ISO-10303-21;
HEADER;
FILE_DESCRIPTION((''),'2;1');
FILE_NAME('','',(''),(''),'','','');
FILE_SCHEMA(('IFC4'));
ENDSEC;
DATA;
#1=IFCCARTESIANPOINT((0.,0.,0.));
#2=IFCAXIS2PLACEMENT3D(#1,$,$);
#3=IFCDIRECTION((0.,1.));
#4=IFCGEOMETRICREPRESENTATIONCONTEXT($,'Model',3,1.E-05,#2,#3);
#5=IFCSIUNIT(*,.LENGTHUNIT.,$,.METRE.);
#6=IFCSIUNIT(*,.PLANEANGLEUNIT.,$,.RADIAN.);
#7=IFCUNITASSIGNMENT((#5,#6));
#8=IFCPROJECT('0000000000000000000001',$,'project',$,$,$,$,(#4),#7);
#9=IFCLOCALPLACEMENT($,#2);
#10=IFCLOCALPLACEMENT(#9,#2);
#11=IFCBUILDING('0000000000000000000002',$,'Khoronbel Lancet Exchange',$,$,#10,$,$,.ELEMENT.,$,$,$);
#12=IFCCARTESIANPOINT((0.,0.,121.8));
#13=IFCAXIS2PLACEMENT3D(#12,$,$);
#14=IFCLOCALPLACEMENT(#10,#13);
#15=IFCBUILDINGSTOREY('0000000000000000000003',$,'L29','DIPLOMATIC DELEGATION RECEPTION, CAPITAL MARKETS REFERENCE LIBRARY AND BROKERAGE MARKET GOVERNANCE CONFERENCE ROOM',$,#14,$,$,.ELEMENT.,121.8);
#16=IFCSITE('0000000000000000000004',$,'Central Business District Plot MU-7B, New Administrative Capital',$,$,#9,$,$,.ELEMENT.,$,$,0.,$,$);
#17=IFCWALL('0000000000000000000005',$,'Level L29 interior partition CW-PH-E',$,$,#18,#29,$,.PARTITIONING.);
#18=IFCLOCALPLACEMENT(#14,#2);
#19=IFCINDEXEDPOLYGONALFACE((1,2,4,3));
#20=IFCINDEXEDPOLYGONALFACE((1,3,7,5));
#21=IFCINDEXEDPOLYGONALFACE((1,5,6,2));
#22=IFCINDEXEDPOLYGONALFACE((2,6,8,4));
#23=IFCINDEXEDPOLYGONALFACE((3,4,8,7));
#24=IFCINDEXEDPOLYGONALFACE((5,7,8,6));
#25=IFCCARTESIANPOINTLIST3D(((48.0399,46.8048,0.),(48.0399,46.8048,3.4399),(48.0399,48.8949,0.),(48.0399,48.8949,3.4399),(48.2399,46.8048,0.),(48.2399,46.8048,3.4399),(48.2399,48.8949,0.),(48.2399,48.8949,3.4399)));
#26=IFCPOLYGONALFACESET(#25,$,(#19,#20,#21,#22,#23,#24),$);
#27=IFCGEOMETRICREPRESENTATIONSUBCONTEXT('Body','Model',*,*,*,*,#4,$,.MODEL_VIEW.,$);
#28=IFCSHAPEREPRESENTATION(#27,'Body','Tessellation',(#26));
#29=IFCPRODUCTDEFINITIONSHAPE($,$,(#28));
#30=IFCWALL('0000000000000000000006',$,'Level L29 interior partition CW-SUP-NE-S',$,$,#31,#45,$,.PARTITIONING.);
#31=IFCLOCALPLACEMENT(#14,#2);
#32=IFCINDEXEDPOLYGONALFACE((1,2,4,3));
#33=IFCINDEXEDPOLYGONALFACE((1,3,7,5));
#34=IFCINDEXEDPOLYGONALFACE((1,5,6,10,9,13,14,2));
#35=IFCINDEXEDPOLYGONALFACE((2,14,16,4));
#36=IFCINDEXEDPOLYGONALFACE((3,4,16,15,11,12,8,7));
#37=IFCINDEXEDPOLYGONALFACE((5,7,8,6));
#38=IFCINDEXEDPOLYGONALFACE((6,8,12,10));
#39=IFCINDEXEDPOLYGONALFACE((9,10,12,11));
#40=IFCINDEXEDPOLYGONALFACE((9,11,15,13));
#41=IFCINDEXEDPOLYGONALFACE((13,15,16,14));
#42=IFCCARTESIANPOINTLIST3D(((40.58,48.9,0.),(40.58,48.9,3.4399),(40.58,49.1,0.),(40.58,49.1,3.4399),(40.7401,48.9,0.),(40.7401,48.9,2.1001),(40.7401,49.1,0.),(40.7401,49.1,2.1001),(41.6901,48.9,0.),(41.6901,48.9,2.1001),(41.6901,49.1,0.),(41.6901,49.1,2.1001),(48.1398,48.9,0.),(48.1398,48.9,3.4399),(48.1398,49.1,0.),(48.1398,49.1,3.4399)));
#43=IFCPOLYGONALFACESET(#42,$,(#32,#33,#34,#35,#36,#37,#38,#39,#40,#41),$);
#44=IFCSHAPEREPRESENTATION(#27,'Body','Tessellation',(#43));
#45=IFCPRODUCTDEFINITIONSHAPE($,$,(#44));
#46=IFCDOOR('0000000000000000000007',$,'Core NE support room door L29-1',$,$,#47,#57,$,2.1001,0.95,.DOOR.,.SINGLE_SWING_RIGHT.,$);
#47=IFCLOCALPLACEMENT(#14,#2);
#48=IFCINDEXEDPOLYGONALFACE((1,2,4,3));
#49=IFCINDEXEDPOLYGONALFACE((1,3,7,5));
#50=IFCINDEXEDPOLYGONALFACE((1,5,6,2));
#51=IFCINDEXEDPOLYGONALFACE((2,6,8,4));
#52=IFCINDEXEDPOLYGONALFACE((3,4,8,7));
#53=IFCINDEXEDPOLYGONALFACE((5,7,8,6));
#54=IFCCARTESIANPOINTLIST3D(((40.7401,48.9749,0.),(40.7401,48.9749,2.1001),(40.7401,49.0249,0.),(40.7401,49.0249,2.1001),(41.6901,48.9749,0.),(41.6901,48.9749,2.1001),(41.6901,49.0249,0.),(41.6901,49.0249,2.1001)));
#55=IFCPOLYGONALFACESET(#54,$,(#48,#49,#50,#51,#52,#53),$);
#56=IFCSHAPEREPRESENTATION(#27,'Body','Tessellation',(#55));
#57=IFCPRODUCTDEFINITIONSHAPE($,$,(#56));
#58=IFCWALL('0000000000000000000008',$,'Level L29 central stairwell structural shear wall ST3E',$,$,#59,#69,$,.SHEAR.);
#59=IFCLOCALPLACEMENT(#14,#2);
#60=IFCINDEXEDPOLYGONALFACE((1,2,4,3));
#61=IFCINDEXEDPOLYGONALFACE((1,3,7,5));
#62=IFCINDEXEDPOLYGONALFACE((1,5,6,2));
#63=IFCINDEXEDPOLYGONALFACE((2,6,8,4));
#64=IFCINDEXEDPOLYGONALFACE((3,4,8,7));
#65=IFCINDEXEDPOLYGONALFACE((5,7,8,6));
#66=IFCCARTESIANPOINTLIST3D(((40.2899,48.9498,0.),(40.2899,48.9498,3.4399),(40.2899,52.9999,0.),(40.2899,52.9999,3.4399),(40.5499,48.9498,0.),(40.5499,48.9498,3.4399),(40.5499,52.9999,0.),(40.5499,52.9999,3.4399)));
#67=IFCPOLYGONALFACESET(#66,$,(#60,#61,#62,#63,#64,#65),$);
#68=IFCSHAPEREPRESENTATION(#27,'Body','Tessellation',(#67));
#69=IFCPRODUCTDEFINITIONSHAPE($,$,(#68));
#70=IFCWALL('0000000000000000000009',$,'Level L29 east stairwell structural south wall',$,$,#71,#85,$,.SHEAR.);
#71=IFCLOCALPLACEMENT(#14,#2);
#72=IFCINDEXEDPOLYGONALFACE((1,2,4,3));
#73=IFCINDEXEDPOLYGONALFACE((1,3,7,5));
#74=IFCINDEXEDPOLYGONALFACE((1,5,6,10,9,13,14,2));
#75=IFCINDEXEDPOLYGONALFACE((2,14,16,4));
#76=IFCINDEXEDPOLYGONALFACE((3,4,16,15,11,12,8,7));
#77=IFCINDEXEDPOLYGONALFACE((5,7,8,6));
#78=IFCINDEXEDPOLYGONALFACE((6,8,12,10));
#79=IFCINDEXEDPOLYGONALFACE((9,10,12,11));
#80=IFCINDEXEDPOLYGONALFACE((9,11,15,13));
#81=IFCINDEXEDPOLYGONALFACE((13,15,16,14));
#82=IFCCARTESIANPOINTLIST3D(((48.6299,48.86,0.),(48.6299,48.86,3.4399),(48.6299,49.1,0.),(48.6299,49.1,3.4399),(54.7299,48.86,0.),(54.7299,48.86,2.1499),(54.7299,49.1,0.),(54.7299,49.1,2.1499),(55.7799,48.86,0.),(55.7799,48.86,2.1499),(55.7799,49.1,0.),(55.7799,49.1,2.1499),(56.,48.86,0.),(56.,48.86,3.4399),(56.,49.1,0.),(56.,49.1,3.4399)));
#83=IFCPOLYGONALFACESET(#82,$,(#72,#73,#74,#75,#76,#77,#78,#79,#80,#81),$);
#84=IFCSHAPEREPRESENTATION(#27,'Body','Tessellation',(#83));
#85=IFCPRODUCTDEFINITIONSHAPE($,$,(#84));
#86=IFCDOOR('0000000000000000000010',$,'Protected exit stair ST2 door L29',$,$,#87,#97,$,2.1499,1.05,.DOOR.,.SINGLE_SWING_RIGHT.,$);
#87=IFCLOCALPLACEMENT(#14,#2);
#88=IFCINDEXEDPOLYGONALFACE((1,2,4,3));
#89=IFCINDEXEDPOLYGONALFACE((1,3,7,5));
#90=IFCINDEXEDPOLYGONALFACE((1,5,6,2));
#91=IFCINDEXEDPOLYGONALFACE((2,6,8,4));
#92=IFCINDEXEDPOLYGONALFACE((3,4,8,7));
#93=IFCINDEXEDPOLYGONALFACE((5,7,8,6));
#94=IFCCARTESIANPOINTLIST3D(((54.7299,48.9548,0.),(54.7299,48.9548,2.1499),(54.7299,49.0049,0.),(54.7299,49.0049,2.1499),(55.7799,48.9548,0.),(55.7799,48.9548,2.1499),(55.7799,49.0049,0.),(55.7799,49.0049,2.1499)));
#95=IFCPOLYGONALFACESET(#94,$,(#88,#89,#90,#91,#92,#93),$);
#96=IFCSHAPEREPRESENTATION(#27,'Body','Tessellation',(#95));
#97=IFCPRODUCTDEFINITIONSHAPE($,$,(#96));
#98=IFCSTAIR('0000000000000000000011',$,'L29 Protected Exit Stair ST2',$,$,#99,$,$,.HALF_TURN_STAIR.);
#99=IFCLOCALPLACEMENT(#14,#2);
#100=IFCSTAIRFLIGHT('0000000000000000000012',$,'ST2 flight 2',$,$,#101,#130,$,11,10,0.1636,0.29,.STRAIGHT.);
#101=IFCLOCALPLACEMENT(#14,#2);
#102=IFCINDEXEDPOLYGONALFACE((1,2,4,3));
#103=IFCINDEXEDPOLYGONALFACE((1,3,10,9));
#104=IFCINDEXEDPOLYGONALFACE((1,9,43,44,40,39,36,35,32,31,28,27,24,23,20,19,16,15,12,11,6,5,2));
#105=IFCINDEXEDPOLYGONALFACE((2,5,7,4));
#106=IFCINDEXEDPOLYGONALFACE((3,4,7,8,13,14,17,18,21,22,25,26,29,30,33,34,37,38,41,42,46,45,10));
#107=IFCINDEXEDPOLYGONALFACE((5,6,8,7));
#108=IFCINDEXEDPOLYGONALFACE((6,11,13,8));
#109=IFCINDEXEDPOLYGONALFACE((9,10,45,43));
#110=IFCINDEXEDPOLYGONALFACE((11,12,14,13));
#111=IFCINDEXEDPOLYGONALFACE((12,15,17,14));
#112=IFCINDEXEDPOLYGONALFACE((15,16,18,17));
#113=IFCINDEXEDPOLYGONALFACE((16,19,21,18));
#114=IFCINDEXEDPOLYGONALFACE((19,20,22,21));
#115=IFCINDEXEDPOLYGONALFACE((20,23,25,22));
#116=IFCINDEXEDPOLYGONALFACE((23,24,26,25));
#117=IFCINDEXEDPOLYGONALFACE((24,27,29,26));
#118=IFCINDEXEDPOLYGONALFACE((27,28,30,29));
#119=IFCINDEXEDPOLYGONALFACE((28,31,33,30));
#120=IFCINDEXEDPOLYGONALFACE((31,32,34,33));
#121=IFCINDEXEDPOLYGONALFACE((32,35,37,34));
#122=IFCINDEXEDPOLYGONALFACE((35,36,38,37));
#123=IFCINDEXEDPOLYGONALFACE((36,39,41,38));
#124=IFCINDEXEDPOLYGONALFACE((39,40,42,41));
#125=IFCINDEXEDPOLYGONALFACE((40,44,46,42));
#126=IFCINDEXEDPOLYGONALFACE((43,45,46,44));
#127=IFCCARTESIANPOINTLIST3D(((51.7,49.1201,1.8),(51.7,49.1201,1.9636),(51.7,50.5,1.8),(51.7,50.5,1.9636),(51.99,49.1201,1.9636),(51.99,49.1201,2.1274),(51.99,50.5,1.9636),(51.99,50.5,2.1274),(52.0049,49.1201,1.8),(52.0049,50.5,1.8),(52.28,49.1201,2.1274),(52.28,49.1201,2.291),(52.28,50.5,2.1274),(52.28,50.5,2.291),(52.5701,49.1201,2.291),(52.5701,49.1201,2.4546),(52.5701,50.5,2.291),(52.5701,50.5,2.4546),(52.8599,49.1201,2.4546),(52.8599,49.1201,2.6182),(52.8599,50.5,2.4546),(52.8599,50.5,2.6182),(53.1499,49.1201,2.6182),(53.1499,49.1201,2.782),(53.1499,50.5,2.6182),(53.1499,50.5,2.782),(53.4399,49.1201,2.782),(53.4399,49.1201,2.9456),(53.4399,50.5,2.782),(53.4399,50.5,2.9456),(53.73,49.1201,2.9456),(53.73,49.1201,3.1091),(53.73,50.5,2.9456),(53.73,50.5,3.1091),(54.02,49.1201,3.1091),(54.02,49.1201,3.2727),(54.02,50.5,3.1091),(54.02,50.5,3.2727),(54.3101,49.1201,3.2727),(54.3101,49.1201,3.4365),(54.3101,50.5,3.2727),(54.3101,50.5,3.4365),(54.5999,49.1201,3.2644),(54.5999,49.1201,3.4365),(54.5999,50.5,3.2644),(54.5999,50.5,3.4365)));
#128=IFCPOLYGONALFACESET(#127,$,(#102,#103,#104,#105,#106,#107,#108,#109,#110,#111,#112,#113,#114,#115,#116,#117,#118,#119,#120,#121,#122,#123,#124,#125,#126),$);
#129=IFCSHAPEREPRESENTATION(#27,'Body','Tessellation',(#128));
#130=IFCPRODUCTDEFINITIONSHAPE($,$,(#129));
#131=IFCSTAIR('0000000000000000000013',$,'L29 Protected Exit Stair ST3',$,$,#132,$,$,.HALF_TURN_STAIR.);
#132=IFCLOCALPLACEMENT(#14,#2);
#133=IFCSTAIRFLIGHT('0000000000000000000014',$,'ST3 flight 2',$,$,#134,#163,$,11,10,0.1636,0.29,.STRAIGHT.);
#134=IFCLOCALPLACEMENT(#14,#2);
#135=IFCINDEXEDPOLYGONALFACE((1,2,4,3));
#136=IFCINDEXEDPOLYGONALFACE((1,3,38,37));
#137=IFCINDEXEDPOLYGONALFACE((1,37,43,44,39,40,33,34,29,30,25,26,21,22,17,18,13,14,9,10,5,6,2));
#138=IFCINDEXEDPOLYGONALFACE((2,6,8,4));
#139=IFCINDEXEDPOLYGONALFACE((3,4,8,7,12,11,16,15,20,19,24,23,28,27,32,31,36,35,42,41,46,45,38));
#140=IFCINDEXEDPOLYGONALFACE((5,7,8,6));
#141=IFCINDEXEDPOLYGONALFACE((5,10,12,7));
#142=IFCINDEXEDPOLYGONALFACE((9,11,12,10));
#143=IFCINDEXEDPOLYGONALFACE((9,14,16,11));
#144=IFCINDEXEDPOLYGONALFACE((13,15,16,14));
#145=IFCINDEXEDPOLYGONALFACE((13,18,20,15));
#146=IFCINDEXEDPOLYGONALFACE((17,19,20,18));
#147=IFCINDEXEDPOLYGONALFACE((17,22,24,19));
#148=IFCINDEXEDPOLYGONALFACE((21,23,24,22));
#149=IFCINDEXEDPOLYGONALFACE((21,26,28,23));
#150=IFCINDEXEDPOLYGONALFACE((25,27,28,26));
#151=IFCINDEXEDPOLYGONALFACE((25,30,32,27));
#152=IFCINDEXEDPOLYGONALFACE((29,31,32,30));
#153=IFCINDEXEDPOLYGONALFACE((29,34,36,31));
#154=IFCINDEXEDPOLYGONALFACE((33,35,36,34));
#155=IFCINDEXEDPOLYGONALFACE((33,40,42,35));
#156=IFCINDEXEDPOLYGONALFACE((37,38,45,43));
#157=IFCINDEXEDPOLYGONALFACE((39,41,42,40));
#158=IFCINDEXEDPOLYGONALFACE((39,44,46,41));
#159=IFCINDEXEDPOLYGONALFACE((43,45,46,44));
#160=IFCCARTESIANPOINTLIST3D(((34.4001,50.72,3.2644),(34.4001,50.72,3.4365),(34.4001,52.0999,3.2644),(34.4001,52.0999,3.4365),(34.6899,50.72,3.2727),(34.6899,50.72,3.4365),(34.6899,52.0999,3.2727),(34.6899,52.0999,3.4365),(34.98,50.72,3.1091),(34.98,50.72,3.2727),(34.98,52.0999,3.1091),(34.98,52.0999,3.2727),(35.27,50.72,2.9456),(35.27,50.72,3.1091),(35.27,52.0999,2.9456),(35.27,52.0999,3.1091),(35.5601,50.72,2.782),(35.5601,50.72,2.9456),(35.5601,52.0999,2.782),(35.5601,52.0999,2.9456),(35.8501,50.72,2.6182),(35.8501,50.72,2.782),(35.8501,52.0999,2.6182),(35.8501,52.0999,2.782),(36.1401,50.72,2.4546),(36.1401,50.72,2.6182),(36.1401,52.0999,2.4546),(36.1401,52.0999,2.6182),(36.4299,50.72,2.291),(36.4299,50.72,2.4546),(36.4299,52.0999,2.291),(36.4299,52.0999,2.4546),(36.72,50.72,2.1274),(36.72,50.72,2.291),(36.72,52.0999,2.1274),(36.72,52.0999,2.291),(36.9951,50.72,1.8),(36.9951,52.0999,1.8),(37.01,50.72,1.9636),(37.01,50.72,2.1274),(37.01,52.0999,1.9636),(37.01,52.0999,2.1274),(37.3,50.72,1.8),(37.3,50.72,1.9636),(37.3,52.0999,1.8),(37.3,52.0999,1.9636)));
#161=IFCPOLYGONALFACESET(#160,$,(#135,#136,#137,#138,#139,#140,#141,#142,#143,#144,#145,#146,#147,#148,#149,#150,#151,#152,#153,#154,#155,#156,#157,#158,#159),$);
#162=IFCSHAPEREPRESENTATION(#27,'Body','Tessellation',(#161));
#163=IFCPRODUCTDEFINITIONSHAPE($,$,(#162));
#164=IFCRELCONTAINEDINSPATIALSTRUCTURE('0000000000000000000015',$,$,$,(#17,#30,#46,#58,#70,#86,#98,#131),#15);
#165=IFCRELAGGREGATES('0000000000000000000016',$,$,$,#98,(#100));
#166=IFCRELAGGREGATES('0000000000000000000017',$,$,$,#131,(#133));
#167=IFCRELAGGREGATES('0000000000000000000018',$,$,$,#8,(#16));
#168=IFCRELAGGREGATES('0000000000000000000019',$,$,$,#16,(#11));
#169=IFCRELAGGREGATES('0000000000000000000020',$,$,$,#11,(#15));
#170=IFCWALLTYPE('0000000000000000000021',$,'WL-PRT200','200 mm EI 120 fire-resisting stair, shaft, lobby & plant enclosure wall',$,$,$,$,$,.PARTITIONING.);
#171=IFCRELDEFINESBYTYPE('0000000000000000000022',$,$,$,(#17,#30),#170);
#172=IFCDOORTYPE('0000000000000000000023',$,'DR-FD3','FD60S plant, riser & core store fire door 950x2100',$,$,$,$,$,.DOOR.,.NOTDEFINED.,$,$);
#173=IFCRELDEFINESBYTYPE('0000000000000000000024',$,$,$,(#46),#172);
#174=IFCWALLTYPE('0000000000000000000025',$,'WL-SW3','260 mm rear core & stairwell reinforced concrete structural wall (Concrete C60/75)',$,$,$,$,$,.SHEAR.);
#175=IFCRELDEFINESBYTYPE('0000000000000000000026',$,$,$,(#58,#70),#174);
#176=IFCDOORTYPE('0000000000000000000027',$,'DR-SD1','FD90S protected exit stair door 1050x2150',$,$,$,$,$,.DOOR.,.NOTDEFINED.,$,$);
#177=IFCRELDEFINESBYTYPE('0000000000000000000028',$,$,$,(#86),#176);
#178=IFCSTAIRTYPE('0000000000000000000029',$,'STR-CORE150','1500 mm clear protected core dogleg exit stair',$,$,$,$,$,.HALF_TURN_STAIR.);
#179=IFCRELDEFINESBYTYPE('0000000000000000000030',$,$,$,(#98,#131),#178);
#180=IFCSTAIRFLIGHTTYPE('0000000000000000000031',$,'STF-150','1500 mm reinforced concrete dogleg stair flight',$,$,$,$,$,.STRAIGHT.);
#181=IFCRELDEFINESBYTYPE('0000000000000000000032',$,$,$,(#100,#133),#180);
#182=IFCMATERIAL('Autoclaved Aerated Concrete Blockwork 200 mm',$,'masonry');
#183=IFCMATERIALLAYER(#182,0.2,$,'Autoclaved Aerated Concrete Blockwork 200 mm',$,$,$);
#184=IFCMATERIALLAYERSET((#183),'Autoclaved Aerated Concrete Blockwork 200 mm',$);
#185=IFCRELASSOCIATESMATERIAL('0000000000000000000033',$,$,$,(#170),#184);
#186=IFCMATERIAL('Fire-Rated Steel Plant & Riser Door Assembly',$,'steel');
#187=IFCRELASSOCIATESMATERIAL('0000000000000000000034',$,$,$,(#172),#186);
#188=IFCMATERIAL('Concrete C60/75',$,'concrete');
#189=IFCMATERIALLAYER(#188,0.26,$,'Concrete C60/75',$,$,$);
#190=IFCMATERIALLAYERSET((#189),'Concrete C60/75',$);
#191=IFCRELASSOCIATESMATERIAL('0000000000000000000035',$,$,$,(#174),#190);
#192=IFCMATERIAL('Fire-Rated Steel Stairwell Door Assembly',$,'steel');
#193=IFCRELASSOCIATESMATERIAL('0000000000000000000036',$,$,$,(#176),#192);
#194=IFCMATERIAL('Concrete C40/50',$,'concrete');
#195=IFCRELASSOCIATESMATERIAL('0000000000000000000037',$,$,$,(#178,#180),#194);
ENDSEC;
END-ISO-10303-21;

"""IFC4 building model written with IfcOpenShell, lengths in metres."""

from ifc_helpers import new_model, si_unit, direction, frame, frame_2d, origin, place, context, subcontext, project, spatial, polyline, rectangle, outline, extrude, material, layer, layer_set, type_object, element, fill, aggregate, save


model = new_model("IFC4")

# Units and contexts
model_context = context("Model", 3, precision=1e-05, world=origin(), true_north=direction((0.0, 1.0)))
body_context = subcontext(model_context, "Body", "Model", "MODEL_VIEW")
ifc_project = project(units=[si_unit("LENGTHUNIT", "METRE"), si_unit("PLANEANGLEUNIT", "RADIAN")], contexts=[model_context])

# Site, building, storey
site_placement = place(None, origin())
site = spatial("IfcSite", under=ifc_project, at=site_placement, Name="Central Business District Plot MU-7B, New Administrative Capital", CompositionType="ELEMENT", RefElevation=0.0)
building_placement = place(site_placement, origin())
building = spatial("IfcBuilding", under=site, at=building_placement, Name="Khoronbel Lancet Exchange", CompositionType="ELEMENT")
storey_placement = place(building_placement, frame((0.0, 0.0, 121.8)))
storey = spatial("IfcBuildingStorey", under=building, at=storey_placement, Name="L29", Description="DIPLOMATIC DELEGATION RECEPTION, CAPITAL MARKETS REFERENCE LIBRARY AND BROKERAGE MARKET GOVERNANCE CONFERENCE ROOM", CompositionType="ELEMENT", Elevation=121.8)

# Wall
ifc_material_1 = material(Name="Autoclaved Aerated Concrete Blockwork 200 mm", Category="masonry")
ifc_layer_1 = layer(ifc_material_1, 0.2, Name="Autoclaved Aerated Concrete Blockwork 200 mm")
ifc_layer_set_1 = layer_set([ifc_layer_1], Name="Autoclaved Aerated Concrete Blockwork 200 mm")
wall_type_1 = type_object("IfcWallType", Name="WL-PRT200", Description="200 mm EI 120 fire-resisting stair, shaft, lobby & plant enclosure wall", PredefinedType="PARTITIONING", material=ifc_layer_set_1)
wall_1_placement = place(storey_placement, frame((48.1399, 46.8049, 0.0), z_axis=(0.0, 0.0, 1.0), x_axis=(0.0, 1.0, 0.0)))
element("IfcWall", 1, at=wall_1_placement, inside=storey, type_object=wall_type_1, Name="Level L29 interior partition CW-PH-E", PredefinedType="PARTITIONING", context=body_context, shape_type="SweptSolid", body=[
    extrude(rectangle(XDim=2.0901, YDim=0.2, at=frame_2d((1.0449, 0.0))), origin(), (0.0, 0.0, 1.0), 3.4399),
])

# Wall, opening, door
wall_2_placement = place(storey_placement, frame((40.5801, 49.0, 0.0), z_axis=(0.0, 0.0, 1.0), x_axis=(1.0, 0.0, 0.0)))
wall_2 = element("IfcWall", 2, at=wall_2_placement, inside=storey, type_object=wall_type_1, Name="Level L29 interior partition CW-SUP-NE-S", PredefinedType="PARTITIONING", context=body_context, shape_type="SweptSolid", body=[
    extrude(rectangle(XDim=7.5598, YDim=0.2, at=frame_2d((3.7798, 0.0))), origin(), (0.0, 0.0, 1.0), 3.4399),
])
opening_1_placement = place(wall_2_placement, frame((0.1599, 0.0, 0.0)))
opening_1 = element("IfcOpeningElement", 3, at=opening_1_placement, cuts=wall_2, PredefinedType="OPENING", context=body_context, shape_type="SweptSolid", body=[
    extrude(rectangle(XDim=0.95, YDim=2.1001, at=frame_2d((0.4751, 1.05))), frame((0.0, 0.1099, 0.0), z_axis=(0.0, -1.0, 0.0), x_axis=(1.0, 0.0, 0.0)), (0.0, 0.0, 1.0), 0.22),
])
ifc_material_2 = material(Name="Fire-Rated Steel Plant & Riser Door Assembly", Category="steel")
door_type_1 = type_object("IfcDoorType", Name="DR-FD3", Description="FD60S plant, riser & core store fire door 950x2100", OperationType="NOTDEFINED", PredefinedType="DOOR", material=ifc_material_2)
door_1_placement = place(opening_1_placement, origin())
door_1 = element("IfcDoor", 4, at=door_1_placement, inside=storey, type_object=door_type_1, Name="Core NE support room door L29-1", OperationType="SINGLE_SWING_RIGHT", OverallHeight=2.1001, OverallWidth=0.95, PredefinedType="DOOR", context=body_context, shape_type="SweptSolid", body=[
    extrude(rectangle(XDim=0.95, YDim=2.1001, at=frame_2d((0.4751, 1.05))), frame((0.0, 0.0249, 0.0), z_axis=(0.0, -1.0, 0.0), x_axis=(1.0, 0.0, 0.0)), (0.0, 0.0, 1.0), 0.05),
])
fill(opening_1, door_1)

# Wall
ifc_material_3 = material(Name="Concrete C60/75", Category="concrete")
ifc_layer_2 = layer(ifc_material_3, 0.26, Name="Concrete C60/75")
ifc_layer_set_2 = layer_set([ifc_layer_2], Name="Concrete C60/75")
wall_type_2 = type_object("IfcWallType", Name="WL-SW3", Description="260 mm rear core & stairwell reinforced concrete structural wall (Concrete C60/75)", PredefinedType="SHEAR", material=ifc_layer_set_2)
wall_3_placement = place(storey_placement, frame((40.4199, 48.95, 0.0), z_axis=(0.0, 0.0, 1.0), x_axis=(0.0, 1.0, 0.0)))
element("IfcWall", 5, at=wall_3_placement, inside=storey, type_object=wall_type_2, Name="Level L29 central stairwell structural shear wall ST3E", PredefinedType="SHEAR", context=body_context, shape_type="SweptSolid", body=[
    extrude(rectangle(XDim=4.05, YDim=0.26, at=frame_2d((2.0249, 0.0))), origin(), (0.0, 0.0, 1.0), 3.4399),
])

# Wall, opening, door
wall_4_placement = place(storey_placement, frame((48.6299, 48.98, 0.0), z_axis=(0.0, 0.0, 1.0), x_axis=(1.0, 0.0, 0.0)))
wall_4 = element("IfcWall", 6, at=wall_4_placement, inside=storey, type_object=wall_type_2, Name="Level L29 east stairwell structural south wall", PredefinedType="SHEAR", context=body_context, shape_type="SweptSolid", body=[
    extrude(rectangle(XDim=7.3701, YDim=0.24, at=frame_2d((3.6851, 0.0))), origin(), (0.0, 0.0, 1.0), 3.4399),
])
opening_2_placement = place(wall_4_placement, frame((6.1001, 0.0, 0.0)))
opening_2 = element("IfcOpeningElement", 7, at=opening_2_placement, cuts=wall_4, PredefinedType="OPENING", context=body_context, shape_type="SweptSolid", body=[
    extrude(rectangle(XDim=1.05, YDim=2.1499, at=frame_2d((0.5249, 1.075))), frame((0.0, 0.1299, 0.0), z_axis=(0.0, -1.0, 0.0), x_axis=(1.0, 0.0, 0.0)), (0.0, 0.0, 1.0), 0.26),
])
ifc_material_4 = material(Name="Fire-Rated Steel Stairwell Door Assembly", Category="steel")
door_type_2 = type_object("IfcDoorType", Name="DR-SD1", Description="FD90S protected exit stair door 1050x2150", OperationType="NOTDEFINED", PredefinedType="DOOR", material=ifc_material_4)
door_2_placement = place(opening_2_placement, origin())
door_2 = element("IfcDoor", 8, at=door_2_placement, inside=storey, type_object=door_type_2, Name="Protected exit stair ST2 door L29", OperationType="SINGLE_SWING_RIGHT", OverallHeight=2.1499, OverallWidth=1.05, PredefinedType="DOOR", context=body_context, shape_type="SweptSolid", body=[
    extrude(rectangle(XDim=1.05, YDim=2.1499, at=frame_2d((0.5249, 1.075))), frame((0.0, 0.0249, 0.0), z_axis=(0.0, -1.0, 0.0), x_axis=(1.0, 0.0, 0.0)), (0.0, 0.0, 1.0), 0.05),
])
fill(opening_2, door_2)

# Stairs, stair flights
ifc_material_5 = material(Name="Concrete C40/50", Category="concrete")
stair_type = type_object("IfcStairType", Name="STR-CORE150", Description="1500 mm clear protected core dogleg exit stair", PredefinedType="HALF_TURN_STAIR", material=ifc_material_5)
stair_1_placement = place(storey_placement, origin())
stair_1 = element("IfcStair", 9, at=stair_1_placement, inside=storey, type_object=stair_type, Name="L29 Protected Exit Stair ST2", PredefinedType="HALF_TURN_STAIR")
stair_flight_type = type_object("IfcStairFlightType", Name="STF-150", Description="1500 mm reinforced concrete dogleg stair flight", PredefinedType="STRAIGHT", material=ifc_material_5)
stair_flight_1_placement = place(storey_placement, frame((51.7, 49.8101, 1.8), z_axis=(0.0, 0.0, 1.0), x_axis=(1.0, 0.0, 0.0)))
stair_flight_1 = element("IfcStairFlight", 10, at=stair_flight_1_placement, type_object=stair_flight_type, Name="ST2 flight 2", NumberOfRisers=11, NumberOfTreads=10, PredefinedType="STRAIGHT", RiserHeight=0.1636, TreadLength=0.29, context=body_context, shape_type="SweptSolid", body=[
    extrude(outline(polyline([(0.0, 0.0), (0.0, 0.1636), (0.29, 0.1636), (0.29, 0.3274), (0.5801, 0.3274), (0.5801, 0.491), (0.8701, 0.491), (0.8701, 0.6545), (1.1599, 0.6545), (1.1599, 0.8181), (1.45, 0.8181), (1.45, 0.9819), (1.74, 0.9819), (1.74, 1.1455), (2.03, 1.1455), (2.03, 1.3091), (2.3201, 1.3091), (2.3201, 1.4727), (2.6101, 1.4727), (2.6101, 1.6365), (2.8999, 1.6365), (2.8999, 1.8), (2.8999, 1.4644), (0.3049, 0.0), (0.0, 0.0)])), frame((0.0, 0.6899, 0.0), z_axis=(0.0, -1.0, 0.0), x_axis=(1.0, 0.0, 0.0)), (0.0, 0.0, 1.0), 1.3799),
])
aggregate(stair_1, [stair_flight_1])
stair_2_placement = place(storey_placement, origin())
stair_2 = element("IfcStair", 11, at=stair_2_placement, inside=storey, type_object=stair_type, Name="L29 Protected Exit Stair ST3", PredefinedType="HALF_TURN_STAIR")
stair_flight_2_placement = place(storey_placement, frame((37.3, 51.4099, 1.8), z_axis=(0.0, 0.0, 1.0), x_axis=(-1.0, 0.0, 0.0)))
stair_flight_2 = element("IfcStairFlight", 12, at=stair_flight_2_placement, type_object=stair_flight_type, Name="ST3 flight 2", NumberOfRisers=11, NumberOfTreads=10, PredefinedType="STRAIGHT", RiserHeight=0.1636, TreadLength=0.29, context=body_context, shape_type="SweptSolid", body=[
    extrude(outline(polyline([(0.0, 0.0), (0.0, 0.1636), (0.29, 0.1636), (0.29, 0.3274), (0.5801, 0.3274), (0.5801, 0.491), (0.8701, 0.491), (0.8701, 0.6545), (1.1599, 0.6545), (1.1599, 0.8181), (1.45, 0.8181), (1.45, 0.9819), (1.74, 0.9819), (1.74, 1.1455), (2.03, 1.1455), (2.03, 1.3091), (2.3201, 1.3091), (2.3201, 1.4727), (2.6101, 1.4727), (2.6101, 1.6365), (2.8999, 1.6365), (2.8999, 1.8), (2.8999, 1.4644), (0.3049, 0.0), (0.0, 0.0)])), frame((0.0, 0.6899, 0.0), z_axis=(0.0, -1.0, 0.0), x_axis=(1.0, 0.0, 0.0)), (0.0, 0.0, 1.0), 1.3799),
])
aggregate(stair_2, [stair_flight_2])

save(model, "model.ifc")
